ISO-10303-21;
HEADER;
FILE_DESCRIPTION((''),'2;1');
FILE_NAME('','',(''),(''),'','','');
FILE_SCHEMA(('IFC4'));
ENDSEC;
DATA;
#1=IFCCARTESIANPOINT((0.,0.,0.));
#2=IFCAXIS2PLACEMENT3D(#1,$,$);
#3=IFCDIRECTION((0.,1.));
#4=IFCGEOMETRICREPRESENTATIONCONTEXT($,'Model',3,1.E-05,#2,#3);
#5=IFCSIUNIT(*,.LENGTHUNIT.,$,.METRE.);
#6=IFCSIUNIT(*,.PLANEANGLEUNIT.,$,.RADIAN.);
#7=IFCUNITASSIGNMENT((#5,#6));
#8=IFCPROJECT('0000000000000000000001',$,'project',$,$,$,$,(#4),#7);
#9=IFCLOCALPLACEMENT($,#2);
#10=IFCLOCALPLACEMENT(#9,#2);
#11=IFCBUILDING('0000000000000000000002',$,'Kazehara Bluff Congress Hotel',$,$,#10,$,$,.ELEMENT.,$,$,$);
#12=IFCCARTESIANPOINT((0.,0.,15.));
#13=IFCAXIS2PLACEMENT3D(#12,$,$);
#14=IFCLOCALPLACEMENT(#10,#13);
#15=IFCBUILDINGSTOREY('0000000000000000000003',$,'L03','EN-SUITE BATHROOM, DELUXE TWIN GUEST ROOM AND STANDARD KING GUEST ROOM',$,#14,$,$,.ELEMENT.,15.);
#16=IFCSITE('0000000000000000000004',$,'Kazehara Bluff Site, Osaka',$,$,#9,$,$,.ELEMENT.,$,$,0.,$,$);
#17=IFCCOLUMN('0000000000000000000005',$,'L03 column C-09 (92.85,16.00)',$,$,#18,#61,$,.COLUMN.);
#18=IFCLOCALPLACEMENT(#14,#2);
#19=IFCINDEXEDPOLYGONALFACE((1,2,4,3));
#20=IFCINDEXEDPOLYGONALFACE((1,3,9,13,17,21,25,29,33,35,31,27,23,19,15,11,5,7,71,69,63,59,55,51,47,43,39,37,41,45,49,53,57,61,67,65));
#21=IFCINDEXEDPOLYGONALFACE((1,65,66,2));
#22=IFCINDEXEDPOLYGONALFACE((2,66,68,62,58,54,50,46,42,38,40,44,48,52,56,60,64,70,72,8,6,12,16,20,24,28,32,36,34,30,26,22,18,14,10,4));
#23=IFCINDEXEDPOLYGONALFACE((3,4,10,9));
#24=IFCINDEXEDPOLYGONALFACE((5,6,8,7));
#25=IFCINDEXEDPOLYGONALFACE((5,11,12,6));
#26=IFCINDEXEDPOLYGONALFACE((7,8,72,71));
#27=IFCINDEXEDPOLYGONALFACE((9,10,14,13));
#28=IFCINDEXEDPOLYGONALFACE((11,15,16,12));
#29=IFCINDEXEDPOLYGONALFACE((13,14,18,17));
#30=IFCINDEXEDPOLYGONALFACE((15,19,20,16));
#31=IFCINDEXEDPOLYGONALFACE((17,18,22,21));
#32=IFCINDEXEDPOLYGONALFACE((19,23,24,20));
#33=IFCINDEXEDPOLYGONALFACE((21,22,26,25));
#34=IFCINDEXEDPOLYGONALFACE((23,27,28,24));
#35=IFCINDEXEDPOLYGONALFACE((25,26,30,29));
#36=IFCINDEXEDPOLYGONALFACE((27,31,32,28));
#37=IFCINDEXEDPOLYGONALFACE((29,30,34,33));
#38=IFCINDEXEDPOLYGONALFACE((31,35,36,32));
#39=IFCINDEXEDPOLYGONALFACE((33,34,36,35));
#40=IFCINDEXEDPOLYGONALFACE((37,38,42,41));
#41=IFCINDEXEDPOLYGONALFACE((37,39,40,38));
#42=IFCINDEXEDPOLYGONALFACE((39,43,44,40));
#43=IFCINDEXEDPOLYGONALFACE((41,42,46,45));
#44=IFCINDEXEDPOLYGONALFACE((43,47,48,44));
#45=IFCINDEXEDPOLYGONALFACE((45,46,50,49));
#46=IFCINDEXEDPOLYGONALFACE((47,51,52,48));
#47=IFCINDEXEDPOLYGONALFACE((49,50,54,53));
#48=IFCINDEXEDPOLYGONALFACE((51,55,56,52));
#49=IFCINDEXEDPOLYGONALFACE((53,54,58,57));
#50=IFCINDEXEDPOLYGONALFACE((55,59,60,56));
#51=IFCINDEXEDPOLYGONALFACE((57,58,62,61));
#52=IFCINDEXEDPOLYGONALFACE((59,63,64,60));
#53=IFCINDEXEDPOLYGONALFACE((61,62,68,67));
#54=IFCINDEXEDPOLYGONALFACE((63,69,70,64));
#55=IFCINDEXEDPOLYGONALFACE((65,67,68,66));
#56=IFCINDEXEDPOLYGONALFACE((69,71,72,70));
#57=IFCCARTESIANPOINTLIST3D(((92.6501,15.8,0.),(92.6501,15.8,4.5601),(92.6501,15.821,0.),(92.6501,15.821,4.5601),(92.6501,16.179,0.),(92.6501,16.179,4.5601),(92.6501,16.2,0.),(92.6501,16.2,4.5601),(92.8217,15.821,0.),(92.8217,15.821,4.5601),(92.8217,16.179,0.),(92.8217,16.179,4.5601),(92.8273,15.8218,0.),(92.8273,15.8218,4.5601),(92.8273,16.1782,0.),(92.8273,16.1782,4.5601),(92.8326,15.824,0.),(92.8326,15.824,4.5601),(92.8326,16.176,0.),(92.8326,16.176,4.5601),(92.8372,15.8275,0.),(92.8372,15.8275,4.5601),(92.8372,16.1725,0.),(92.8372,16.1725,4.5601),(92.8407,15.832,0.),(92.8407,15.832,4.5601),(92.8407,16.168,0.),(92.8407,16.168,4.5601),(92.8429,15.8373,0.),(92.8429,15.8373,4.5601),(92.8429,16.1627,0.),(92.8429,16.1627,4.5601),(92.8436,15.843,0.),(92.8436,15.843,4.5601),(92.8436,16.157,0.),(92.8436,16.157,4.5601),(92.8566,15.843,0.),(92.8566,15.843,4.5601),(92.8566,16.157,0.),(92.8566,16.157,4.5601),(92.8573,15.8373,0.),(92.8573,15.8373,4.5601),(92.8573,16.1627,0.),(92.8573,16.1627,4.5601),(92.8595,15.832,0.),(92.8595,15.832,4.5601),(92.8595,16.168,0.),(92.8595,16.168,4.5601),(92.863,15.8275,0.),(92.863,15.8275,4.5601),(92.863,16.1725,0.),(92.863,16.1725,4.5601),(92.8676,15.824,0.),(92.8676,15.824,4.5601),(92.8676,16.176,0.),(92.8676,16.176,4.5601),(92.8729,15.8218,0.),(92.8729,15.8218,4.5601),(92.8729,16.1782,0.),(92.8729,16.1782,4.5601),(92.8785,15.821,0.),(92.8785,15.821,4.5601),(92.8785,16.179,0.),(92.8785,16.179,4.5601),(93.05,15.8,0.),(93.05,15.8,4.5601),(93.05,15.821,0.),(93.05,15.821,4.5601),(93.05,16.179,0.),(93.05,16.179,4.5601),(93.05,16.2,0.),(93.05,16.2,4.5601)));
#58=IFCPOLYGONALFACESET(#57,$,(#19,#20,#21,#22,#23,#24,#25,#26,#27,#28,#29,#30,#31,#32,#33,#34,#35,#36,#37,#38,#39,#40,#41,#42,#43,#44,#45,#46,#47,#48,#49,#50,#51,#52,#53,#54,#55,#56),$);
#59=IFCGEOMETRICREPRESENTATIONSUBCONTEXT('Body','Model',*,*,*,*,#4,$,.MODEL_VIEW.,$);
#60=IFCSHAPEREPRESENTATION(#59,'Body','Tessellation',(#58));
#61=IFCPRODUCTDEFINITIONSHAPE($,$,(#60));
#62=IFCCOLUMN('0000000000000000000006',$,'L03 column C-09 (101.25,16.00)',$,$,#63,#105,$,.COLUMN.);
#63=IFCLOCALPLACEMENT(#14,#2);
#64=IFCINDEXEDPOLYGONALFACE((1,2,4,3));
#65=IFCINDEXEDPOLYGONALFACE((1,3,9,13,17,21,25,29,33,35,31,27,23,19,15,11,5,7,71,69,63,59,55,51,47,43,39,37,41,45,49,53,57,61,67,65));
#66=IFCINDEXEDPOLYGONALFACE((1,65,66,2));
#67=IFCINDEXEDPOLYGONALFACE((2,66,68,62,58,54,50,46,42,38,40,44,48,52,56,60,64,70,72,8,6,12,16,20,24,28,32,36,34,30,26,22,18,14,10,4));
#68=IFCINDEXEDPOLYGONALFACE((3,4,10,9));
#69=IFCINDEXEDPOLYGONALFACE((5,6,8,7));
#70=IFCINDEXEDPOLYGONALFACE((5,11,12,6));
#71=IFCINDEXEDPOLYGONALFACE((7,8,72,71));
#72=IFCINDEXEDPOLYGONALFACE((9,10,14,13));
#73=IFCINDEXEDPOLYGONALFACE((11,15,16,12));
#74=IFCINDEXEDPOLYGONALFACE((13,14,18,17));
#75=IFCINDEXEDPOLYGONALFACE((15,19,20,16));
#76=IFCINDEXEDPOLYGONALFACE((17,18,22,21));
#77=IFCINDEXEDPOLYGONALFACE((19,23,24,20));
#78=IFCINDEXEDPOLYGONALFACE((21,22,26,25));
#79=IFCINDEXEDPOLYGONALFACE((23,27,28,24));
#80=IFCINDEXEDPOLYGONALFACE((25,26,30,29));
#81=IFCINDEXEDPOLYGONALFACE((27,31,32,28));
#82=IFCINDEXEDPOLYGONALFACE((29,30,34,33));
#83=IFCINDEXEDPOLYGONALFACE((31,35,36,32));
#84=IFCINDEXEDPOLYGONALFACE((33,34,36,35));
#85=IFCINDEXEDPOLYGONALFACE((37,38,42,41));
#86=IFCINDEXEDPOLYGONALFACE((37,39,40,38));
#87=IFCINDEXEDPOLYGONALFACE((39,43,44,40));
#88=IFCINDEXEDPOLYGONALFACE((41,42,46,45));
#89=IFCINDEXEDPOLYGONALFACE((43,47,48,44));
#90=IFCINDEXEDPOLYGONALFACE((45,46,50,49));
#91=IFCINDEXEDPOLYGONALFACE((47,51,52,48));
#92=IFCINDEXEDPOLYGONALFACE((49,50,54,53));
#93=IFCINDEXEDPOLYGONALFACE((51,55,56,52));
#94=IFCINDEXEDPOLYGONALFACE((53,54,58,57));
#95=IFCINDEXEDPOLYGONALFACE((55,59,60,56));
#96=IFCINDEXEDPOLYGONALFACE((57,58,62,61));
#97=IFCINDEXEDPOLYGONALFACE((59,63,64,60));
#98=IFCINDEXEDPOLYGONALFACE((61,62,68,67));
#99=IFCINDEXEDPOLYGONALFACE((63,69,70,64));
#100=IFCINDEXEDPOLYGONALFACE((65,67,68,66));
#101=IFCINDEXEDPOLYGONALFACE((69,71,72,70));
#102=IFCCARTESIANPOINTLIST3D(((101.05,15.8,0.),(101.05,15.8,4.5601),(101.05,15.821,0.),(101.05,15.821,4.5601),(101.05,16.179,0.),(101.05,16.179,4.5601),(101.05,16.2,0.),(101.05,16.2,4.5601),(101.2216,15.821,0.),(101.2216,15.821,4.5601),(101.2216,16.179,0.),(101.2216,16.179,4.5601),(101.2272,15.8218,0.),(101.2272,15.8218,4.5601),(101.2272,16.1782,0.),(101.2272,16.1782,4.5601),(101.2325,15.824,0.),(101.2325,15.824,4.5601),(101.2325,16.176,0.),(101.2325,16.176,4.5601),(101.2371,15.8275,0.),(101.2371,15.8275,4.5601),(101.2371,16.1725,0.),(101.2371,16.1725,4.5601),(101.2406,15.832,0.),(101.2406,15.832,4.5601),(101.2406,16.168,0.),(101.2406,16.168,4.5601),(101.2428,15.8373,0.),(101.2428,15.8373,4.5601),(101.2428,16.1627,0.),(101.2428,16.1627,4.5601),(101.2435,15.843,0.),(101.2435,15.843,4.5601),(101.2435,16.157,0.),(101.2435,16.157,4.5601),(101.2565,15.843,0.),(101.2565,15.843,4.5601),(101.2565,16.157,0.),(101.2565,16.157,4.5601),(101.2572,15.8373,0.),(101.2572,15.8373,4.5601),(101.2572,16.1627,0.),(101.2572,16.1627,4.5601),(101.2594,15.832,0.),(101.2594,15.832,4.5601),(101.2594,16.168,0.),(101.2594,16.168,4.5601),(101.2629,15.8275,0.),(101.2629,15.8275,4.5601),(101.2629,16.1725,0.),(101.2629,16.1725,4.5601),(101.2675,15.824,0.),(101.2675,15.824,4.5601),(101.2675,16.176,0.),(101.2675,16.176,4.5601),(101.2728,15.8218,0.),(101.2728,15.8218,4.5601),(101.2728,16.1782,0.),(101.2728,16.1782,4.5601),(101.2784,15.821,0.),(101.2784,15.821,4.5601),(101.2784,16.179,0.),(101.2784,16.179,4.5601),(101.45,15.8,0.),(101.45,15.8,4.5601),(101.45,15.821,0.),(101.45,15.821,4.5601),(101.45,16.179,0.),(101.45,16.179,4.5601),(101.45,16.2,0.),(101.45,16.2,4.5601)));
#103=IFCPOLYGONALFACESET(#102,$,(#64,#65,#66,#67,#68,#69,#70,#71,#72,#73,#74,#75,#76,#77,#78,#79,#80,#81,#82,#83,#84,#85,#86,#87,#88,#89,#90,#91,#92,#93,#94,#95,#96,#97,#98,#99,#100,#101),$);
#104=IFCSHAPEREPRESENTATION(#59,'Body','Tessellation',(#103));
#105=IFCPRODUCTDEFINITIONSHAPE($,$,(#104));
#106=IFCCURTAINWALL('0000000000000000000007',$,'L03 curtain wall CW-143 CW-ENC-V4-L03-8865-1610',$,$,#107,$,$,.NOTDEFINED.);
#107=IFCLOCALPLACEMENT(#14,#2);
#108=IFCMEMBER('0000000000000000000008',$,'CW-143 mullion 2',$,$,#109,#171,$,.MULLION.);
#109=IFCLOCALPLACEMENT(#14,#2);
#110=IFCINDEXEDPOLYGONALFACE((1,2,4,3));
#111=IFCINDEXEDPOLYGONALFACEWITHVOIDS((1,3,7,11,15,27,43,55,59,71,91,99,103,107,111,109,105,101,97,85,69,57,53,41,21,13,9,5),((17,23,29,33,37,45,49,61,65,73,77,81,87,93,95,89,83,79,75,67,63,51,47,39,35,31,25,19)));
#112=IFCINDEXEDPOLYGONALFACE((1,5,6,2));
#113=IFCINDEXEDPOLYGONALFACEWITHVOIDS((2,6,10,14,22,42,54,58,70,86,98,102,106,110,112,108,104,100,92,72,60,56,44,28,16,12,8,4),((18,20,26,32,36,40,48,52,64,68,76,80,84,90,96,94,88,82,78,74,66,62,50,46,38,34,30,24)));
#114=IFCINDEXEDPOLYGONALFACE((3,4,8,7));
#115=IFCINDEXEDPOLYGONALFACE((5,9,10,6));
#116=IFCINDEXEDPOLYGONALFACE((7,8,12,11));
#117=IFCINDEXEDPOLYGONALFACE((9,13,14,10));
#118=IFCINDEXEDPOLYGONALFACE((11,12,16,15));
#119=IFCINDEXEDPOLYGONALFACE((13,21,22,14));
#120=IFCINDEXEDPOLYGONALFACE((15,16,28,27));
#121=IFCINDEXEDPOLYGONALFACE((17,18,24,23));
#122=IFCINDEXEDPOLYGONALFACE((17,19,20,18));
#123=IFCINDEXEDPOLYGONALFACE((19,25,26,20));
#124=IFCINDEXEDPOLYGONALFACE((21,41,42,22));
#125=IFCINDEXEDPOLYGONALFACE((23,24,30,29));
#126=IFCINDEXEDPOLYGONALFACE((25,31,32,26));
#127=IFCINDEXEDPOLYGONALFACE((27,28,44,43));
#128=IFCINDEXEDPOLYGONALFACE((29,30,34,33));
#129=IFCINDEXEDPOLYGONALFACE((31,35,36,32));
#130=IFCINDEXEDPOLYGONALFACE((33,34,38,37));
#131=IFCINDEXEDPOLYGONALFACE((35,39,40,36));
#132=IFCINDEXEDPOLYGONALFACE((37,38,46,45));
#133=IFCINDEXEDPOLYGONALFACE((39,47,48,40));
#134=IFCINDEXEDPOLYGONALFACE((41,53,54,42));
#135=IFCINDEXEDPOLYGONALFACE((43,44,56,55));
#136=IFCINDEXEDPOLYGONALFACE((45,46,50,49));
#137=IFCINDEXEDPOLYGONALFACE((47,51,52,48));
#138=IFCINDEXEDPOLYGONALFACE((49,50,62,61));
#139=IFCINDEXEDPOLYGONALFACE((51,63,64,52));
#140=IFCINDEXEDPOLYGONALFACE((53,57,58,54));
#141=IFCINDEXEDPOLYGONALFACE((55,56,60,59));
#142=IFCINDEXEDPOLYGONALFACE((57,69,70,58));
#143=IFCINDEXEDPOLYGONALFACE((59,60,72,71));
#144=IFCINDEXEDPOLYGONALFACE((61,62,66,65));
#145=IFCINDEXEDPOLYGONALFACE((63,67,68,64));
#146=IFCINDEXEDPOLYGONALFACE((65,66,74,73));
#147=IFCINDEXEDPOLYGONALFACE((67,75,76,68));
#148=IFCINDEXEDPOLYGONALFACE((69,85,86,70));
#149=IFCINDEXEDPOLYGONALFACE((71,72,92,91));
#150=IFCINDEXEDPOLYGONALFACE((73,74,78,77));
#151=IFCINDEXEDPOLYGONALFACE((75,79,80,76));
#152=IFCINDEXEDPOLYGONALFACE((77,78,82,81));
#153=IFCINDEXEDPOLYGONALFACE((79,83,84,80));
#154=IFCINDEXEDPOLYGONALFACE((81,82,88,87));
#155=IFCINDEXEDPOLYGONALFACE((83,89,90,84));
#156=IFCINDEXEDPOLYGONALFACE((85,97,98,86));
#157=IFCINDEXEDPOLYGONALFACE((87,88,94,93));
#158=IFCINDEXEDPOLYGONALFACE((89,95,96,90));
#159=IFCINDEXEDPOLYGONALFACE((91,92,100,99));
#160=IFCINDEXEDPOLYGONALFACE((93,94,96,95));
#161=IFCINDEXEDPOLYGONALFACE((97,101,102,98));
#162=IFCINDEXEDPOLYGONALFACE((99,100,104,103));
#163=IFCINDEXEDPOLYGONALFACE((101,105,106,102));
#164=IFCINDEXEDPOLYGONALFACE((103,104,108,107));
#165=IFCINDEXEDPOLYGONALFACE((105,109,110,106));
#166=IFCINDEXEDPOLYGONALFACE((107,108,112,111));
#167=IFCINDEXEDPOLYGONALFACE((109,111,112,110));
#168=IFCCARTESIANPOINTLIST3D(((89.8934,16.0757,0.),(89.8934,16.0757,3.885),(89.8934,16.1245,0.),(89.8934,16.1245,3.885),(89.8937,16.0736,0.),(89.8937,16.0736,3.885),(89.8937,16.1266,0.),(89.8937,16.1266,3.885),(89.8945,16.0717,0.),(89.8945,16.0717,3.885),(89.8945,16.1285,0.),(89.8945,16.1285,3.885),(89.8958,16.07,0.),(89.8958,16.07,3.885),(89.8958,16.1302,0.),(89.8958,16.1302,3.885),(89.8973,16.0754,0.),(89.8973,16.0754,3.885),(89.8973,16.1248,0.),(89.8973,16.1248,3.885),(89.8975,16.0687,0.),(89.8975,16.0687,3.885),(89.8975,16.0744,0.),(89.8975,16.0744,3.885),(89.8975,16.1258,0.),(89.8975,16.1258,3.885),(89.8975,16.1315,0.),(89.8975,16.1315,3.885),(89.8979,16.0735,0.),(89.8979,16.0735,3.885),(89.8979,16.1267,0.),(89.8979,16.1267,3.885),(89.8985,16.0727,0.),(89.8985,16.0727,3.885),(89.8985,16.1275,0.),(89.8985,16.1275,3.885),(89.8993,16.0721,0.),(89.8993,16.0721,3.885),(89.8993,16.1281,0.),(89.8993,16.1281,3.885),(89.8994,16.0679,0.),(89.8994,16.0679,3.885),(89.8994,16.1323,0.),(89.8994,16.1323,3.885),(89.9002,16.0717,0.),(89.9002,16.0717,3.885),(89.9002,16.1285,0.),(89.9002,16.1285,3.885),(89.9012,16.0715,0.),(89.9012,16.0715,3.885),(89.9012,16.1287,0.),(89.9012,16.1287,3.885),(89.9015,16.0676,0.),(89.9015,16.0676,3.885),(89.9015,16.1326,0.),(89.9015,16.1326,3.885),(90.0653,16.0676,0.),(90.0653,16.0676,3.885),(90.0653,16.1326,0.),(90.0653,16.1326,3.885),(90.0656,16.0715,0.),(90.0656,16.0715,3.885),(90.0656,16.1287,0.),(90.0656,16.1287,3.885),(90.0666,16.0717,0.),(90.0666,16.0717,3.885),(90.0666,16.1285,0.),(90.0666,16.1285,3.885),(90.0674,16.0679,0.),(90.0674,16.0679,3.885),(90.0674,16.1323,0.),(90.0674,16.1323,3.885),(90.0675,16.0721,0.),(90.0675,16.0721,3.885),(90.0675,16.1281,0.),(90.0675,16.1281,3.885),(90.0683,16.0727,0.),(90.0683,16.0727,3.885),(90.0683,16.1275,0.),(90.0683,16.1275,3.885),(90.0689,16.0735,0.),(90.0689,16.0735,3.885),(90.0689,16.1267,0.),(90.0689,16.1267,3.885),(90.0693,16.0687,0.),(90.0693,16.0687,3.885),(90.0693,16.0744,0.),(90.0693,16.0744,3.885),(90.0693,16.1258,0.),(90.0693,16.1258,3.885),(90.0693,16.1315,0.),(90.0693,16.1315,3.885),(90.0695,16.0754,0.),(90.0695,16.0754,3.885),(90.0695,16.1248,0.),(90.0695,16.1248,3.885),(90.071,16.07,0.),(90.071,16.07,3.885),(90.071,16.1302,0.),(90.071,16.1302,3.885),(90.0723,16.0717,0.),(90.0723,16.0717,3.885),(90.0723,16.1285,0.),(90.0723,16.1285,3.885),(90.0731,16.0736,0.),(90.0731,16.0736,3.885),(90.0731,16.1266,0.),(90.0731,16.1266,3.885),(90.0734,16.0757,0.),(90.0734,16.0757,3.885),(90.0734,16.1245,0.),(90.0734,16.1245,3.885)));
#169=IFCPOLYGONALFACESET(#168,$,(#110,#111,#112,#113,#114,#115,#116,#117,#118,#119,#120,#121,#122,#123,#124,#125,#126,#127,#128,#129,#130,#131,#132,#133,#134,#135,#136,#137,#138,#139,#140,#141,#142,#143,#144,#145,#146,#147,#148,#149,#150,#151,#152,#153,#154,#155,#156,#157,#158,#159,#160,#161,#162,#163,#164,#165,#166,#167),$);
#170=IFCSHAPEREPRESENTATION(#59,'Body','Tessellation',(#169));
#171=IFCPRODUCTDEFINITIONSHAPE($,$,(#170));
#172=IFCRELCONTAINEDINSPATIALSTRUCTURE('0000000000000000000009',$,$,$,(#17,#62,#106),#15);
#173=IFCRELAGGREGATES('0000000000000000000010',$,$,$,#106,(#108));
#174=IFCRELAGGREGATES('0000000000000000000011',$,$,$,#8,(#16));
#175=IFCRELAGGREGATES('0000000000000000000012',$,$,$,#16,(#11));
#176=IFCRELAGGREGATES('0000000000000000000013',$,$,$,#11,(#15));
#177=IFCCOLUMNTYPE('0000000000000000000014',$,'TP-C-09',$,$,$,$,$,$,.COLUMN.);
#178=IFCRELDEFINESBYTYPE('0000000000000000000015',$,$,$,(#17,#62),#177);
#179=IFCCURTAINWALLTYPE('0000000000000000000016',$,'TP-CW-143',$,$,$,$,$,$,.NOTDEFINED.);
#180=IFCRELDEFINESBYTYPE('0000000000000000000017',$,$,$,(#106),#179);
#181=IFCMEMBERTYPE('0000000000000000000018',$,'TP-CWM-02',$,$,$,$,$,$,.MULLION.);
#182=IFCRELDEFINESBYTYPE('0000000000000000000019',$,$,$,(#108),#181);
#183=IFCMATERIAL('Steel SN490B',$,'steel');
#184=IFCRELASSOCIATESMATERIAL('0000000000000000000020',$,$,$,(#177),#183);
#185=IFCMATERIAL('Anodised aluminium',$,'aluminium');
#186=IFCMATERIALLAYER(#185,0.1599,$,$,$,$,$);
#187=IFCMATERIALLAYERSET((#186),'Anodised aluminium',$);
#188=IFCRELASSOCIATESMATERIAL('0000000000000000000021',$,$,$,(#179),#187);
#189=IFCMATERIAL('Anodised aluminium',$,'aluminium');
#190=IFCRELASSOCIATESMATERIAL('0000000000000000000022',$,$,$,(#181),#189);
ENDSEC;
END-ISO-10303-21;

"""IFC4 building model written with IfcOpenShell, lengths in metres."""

from ifc_helpers import new_model, si_unit, direction, frame, origin, origin_2d, place, context, subcontext, project, spatial, hollow_rectangle, i_section, extrude, material, layer, layer_set, material_profile, profile_set, type_object, element, aggregate, save


model = new_model("IFC4")

# Units and contexts
model_context = context("Model", 3, precision=1e-05, world=origin(), true_north=direction((0.0, 1.0)))
body_context = subcontext(model_context, "Body", "Model", "MODEL_VIEW")
ifc_project = project(units=[si_unit("LENGTHUNIT", "METRE"), si_unit("PLANEANGLEUNIT", "RADIAN")], contexts=[model_context])

# Site, building, storey
site_placement = place(None, origin())
site = spatial("IfcSite", under=ifc_project, at=site_placement, Name="Kazehara Bluff Site, Osaka", CompositionType="ELEMENT", RefElevation=0.0)
building_placement = place(site_placement, origin())
building = spatial("IfcBuilding", under=site, at=building_placement, Name="Kazehara Bluff Congress Hotel", CompositionType="ELEMENT")
storey_placement = place(building_placement, frame((0.0, 0.0, 15.0)))
storey = spatial("IfcBuildingStorey", under=building, at=storey_placement, Name="L03", Description="EN-SUITE BATHROOM, DELUXE TWIN GUEST ROOM AND STANDARD KING GUEST ROOM", CompositionType="ELEMENT", Elevation=15.0)

# Columns
ifc_material_1 = material(Name="Steel SN490B", Category="steel")
ifc_material_profile_1 = material_profile(ifc_material_1, i_section(OverallWidth=0.3999, OverallDepth=0.3999, WebThickness=0.0129, FlangeThickness=0.021, FilletRadius=0.022, at=origin_2d()))
ifc_profile_set_1 = profile_set([ifc_material_profile_1], Name="Steel SN490B")
column_type = type_object("IfcColumnType", Name="TP-C-09", PredefinedType="COLUMN", material=ifc_profile_set_1)
for number, where, z_axis, x_axis, name in (
    (1, (92.8501, 16.0, 0.0), (0.0, 0.0, 1.0), (1.0, 0.0, 0.0), "L03 column C-09 (92.85,16.00)"),
    (2, (101.25, 16.0, 0.0), (0.0, 0.0, 1.0), (1.0, 0.0, 0.0), "L03 column C-09 (101.25,16.00)"),
):
    element("IfcColumn", number, at=place(storey_placement, frame(where, z_axis=z_axis, x_axis=x_axis)), inside=storey, type_object=column_type, Name=name, PredefinedType="COLUMN", context=body_context, shape_type="SweptSolid", body=[
        extrude(i_section(OverallWidth=0.3999, OverallDepth=0.3999, WebThickness=0.0129, FlangeThickness=0.021, FilletRadius=0.022, at=origin_2d()), origin(), (0.0, 0.0, 1.0), 4.5601),
    ])

# Curtain wall, member
ifc_material_2 = material(Name="Anodised aluminium", Category="aluminium")
ifc_layer_1 = layer(ifc_material_2, 0.1599)
ifc_layer_set_1 = layer_set([ifc_layer_1], Name="Anodised aluminium")
curtain_wall_type = type_object("IfcCurtainWallType", Name="TP-CW-143", PredefinedType="NOTDEFINED", material=ifc_layer_set_1)
curtain_wall_placement = place(storey_placement, origin())
curtain_wall = element("IfcCurtainWall", 3, at=curtain_wall_placement, inside=storey, type_object=curtain_wall_type, Name="L03 curtain wall CW-143 CW-ENC-V4-L03-8865-1610", PredefinedType="NOTDEFINED")
ifc_material_3 = material(Name="Anodised aluminium", Category="aluminium")
ifc_material_profile_2 = material_profile(ifc_material_3, hollow_rectangle(XDim=0.0649, YDim=0.1799, WallThickness=0.0039, InnerFilletRadius=0.0039, OuterFilletRadius=0.0081, at=origin_2d()))
ifc_profile_set_2 = profile_set([ifc_material_profile_2], Name="Anodised aluminium")
member_type_1 = type_object("IfcMemberType", Name="TP-CWM-02", PredefinedType="MULLION", material=ifc_profile_set_2)
member_1_placement = place(storey_placement, frame((89.9834, 16.1001, 0.0), z_axis=(0.0, 0.0, 1.0), x_axis=(0.0, -1.0, 0.0)))
member_1 = element("IfcMember", 4, at=member_1_placement, type_object=member_type_1, Name="CW-143 mullion 2", PredefinedType="MULLION", context=body_context, shape_type="SweptSolid", body=[
    extrude(hollow_rectangle(XDim=0.0649, YDim=0.1799, WallThickness=0.0039, InnerFilletRadius=0.0039, OuterFilletRadius=0.0081, at=origin_2d()), origin(), (0.0, 0.0, 1.0), 3.885),
])

aggregate(curtain_wall, [member_1])

save(model, "model.ifc")
